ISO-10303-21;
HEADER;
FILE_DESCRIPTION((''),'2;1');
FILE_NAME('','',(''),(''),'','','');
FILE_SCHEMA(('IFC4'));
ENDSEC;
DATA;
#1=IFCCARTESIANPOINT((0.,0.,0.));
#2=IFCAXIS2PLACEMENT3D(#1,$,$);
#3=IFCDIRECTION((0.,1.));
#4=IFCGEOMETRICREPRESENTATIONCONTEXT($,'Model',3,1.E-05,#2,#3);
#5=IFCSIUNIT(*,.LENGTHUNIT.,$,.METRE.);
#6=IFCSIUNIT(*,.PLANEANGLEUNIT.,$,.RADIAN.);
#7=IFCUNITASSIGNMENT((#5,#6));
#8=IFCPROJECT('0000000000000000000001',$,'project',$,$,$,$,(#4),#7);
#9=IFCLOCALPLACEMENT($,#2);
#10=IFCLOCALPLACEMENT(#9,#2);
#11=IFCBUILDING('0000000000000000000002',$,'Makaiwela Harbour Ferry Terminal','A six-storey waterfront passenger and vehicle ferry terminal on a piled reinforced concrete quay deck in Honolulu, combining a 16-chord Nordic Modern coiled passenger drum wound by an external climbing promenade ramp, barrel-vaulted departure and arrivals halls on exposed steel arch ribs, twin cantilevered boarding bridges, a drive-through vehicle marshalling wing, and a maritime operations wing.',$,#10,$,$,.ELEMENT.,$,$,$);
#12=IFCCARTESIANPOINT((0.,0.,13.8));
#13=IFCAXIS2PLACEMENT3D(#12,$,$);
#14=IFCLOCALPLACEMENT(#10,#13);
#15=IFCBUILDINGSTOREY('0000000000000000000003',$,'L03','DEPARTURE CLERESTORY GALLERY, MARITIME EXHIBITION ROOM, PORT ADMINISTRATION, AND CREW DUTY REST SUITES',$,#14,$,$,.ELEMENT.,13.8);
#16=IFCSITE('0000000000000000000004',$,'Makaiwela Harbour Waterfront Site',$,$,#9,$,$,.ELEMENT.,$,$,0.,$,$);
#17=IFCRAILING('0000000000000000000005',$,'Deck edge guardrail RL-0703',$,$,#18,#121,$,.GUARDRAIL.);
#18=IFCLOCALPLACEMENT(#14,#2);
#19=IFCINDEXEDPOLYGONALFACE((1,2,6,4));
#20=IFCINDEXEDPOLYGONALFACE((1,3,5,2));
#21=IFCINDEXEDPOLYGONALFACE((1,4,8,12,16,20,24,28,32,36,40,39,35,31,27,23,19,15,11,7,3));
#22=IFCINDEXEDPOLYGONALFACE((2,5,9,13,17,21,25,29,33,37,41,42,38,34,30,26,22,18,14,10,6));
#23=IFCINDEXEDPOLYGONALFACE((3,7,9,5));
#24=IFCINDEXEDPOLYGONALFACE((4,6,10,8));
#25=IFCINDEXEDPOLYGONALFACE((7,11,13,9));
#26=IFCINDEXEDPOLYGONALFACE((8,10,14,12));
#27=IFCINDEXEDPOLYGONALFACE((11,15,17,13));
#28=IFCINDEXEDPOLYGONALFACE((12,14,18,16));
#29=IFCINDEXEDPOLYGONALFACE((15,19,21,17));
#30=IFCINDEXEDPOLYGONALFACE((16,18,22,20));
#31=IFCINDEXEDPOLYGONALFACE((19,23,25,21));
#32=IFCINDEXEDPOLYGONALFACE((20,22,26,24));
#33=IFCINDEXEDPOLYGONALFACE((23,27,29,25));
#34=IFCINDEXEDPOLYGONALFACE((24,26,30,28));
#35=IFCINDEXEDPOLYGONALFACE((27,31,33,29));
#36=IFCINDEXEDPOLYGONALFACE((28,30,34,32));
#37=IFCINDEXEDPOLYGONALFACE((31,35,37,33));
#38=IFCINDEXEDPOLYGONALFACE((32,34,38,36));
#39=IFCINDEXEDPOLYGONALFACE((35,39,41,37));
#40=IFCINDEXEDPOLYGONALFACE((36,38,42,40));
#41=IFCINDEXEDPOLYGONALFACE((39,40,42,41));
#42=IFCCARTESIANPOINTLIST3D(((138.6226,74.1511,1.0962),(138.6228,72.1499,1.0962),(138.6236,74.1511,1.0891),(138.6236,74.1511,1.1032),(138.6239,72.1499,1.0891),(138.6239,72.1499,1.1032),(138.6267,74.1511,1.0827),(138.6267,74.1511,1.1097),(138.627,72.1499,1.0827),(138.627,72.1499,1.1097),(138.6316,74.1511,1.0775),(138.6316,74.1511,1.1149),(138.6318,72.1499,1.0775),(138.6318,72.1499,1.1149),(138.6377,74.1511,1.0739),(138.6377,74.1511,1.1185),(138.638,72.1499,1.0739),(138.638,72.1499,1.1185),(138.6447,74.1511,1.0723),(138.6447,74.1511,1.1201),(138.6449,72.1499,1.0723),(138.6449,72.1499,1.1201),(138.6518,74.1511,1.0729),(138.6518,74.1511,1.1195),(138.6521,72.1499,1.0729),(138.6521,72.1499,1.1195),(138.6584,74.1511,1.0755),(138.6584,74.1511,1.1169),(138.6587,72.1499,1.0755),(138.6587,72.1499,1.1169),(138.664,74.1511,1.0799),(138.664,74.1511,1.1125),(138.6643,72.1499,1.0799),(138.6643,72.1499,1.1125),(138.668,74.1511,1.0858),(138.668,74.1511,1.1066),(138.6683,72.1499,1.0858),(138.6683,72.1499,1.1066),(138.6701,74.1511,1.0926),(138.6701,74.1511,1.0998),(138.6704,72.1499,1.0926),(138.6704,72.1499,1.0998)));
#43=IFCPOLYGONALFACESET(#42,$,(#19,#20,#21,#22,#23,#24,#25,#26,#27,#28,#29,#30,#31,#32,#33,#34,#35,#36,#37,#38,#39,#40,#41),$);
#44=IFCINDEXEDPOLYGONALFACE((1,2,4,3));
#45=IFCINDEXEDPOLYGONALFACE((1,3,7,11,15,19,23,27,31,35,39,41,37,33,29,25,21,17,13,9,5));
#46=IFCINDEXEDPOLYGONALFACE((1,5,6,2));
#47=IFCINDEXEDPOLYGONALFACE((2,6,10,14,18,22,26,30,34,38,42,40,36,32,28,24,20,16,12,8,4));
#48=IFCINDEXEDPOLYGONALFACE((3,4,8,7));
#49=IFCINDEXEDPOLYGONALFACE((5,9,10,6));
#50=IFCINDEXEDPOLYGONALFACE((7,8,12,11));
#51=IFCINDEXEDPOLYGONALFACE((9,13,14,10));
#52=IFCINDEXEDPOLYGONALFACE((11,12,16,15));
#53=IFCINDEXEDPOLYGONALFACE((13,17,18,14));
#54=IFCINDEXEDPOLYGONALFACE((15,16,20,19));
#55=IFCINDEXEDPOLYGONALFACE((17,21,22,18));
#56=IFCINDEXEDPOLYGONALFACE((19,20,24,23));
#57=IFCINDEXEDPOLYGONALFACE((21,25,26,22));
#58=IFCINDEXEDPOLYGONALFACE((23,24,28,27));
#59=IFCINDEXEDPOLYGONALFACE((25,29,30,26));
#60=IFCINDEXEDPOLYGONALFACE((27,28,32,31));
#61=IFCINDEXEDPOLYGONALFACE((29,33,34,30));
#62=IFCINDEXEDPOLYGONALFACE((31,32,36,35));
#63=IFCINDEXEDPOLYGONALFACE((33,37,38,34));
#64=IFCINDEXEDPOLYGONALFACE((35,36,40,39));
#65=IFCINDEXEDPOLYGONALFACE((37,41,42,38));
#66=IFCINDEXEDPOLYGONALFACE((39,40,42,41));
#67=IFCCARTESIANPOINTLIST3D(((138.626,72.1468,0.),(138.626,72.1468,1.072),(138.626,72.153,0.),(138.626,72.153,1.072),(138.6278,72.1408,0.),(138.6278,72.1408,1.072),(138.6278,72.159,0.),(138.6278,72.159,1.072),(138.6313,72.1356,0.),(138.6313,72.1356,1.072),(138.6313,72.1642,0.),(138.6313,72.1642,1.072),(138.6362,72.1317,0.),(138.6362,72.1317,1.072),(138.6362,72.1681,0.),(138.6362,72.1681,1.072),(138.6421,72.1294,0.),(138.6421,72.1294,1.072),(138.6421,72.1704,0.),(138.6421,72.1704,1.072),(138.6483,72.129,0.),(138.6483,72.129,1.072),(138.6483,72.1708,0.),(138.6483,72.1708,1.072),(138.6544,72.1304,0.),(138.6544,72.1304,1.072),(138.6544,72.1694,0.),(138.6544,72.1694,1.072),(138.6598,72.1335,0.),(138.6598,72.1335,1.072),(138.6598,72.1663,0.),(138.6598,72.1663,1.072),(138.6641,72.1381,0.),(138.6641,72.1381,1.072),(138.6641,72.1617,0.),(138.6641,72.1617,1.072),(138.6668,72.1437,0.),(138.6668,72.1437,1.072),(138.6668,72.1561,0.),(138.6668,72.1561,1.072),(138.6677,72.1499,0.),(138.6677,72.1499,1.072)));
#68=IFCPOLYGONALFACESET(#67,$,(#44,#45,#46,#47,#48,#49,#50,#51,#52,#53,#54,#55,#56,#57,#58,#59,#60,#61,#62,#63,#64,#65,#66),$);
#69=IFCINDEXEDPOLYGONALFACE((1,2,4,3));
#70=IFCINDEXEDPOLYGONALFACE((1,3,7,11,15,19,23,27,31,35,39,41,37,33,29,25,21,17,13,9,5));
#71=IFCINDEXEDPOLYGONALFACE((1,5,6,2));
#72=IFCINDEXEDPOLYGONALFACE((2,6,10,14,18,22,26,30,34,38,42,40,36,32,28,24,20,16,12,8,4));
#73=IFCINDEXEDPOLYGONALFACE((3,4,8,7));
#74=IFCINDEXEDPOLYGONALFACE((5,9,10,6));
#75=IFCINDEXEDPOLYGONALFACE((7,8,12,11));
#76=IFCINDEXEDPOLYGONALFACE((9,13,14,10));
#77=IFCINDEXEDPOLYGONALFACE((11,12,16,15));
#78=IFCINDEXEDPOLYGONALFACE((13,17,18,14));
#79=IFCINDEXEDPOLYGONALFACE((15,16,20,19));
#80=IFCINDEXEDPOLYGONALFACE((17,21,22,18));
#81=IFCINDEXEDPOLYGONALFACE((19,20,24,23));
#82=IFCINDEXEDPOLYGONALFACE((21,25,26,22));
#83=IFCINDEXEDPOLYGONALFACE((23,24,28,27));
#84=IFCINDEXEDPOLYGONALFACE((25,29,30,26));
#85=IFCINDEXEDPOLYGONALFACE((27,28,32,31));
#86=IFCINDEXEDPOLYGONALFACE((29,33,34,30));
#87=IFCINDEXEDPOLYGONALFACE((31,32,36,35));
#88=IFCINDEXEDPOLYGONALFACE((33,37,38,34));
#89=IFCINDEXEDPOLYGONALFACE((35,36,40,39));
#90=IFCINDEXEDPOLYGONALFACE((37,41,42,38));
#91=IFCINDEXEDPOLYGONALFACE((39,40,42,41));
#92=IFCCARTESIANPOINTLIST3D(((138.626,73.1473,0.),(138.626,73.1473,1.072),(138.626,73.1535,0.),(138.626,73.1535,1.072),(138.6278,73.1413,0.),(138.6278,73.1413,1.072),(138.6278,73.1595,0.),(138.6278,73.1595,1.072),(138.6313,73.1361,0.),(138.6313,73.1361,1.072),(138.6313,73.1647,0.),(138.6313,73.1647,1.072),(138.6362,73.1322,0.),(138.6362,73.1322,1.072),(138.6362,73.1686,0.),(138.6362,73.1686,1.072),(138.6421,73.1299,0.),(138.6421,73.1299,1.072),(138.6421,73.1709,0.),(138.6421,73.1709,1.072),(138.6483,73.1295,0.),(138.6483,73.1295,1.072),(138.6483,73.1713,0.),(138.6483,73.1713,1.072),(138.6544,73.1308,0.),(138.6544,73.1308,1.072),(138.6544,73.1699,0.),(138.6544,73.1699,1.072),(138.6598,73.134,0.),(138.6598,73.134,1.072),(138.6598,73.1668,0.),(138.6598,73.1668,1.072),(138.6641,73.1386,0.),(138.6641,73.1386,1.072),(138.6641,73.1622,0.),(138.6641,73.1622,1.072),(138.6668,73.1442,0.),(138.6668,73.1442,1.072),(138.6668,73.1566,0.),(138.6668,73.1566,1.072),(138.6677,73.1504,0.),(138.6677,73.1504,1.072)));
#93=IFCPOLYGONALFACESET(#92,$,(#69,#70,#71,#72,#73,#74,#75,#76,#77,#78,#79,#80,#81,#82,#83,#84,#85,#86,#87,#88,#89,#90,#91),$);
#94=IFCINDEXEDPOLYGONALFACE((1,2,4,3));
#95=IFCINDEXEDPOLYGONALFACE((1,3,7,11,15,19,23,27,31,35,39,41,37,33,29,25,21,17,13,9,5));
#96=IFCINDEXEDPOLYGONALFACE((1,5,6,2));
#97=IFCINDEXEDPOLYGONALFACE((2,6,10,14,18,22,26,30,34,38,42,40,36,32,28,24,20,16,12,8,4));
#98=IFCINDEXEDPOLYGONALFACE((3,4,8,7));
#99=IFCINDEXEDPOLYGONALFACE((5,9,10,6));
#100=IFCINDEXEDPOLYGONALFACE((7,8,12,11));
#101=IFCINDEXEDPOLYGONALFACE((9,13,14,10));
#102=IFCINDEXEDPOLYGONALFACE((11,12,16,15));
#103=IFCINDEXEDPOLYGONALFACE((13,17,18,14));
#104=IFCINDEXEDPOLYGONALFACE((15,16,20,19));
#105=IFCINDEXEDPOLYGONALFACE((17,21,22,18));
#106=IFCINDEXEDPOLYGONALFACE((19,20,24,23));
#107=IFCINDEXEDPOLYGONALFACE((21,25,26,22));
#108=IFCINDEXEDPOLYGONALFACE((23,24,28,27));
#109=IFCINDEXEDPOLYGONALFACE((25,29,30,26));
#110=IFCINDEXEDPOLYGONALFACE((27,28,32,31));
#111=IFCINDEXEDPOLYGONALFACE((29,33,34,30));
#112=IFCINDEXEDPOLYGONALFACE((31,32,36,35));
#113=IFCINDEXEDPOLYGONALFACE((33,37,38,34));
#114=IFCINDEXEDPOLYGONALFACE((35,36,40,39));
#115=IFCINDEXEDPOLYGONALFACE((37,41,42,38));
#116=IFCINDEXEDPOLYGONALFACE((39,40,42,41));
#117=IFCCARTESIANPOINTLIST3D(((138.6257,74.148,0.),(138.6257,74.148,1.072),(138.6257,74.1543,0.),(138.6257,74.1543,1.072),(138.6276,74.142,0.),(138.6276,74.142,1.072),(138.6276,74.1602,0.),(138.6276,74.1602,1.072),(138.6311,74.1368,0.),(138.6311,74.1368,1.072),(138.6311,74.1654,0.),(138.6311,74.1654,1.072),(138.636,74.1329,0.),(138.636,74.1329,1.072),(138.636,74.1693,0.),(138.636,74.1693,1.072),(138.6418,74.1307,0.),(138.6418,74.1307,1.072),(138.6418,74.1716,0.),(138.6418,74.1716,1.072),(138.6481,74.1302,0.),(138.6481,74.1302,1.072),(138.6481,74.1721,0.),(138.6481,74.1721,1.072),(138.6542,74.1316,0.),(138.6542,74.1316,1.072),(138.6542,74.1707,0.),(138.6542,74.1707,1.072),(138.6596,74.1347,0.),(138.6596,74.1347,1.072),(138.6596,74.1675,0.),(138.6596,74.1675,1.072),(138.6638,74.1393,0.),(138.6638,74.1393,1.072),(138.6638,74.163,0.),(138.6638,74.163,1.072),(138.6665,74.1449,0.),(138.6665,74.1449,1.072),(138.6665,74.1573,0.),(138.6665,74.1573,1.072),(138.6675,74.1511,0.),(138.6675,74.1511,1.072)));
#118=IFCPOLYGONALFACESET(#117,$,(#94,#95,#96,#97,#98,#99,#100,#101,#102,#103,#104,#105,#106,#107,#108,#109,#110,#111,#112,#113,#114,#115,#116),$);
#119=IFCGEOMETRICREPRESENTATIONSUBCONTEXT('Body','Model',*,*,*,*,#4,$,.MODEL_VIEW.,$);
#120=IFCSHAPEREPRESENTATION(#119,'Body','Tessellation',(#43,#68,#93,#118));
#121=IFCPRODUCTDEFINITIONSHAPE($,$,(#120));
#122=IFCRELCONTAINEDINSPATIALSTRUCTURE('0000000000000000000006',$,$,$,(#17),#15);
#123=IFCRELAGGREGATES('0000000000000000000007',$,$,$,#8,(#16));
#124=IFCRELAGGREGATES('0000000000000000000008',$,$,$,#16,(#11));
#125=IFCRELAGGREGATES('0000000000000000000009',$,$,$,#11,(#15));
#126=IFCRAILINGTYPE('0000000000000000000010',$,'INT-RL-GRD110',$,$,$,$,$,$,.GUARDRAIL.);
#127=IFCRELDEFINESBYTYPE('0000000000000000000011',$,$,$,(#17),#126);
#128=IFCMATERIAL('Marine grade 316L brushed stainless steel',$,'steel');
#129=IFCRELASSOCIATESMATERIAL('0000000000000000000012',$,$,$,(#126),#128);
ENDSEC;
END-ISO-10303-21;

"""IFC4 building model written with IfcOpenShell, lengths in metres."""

from ifc_helpers import new_model, si_unit, direction, frame, origin, origin_2d, place, context, subcontext, project, spatial, circle, extrude, material, type_object, element, save


model = new_model("IFC4")

# Units and contexts
model_context = context("Model", 3, precision=1e-05, world=origin(), true_north=direction((0.0, 1.0)))
body_context = subcontext(model_context, "Body", "Model", "MODEL_VIEW")
ifc_project = project(units=[si_unit("LENGTHUNIT", "METRE"), si_unit("PLANEANGLEUNIT", "RADIAN")], contexts=[model_context])

# Site, building, storey
site_placement = place(None, origin())
site = spatial("IfcSite", under=ifc_project, at=site_placement, Name="Makaiwela Harbour Waterfront Site", CompositionType="ELEMENT", RefElevation=0.0)
building_placement = place(site_placement, origin())
building = spatial("IfcBuilding", under=site, at=building_placement, Name="Makaiwela Harbour Ferry Terminal", Description="A six-storey waterfront passenger and vehicle ferry terminal on a piled reinforced concrete quay deck in Honolulu, combining a 16-chord Nordic Modern coiled passenger drum wound by an external climbing promenade ramp, barrel-vaulted departure and arrivals halls on exposed steel arch ribs, twin cantilevered boarding bridges, a drive-through vehicle marshalling wing, and a maritime operations wing.", CompositionType="ELEMENT")
storey_placement = place(building_placement, frame((0.0, 0.0, 13.8)))
storey = spatial("IfcBuildingStorey", under=building, at=storey_placement, Name="L03", Description="DEPARTURE CLERESTORY GALLERY, MARITIME EXHIBITION ROOM, PORT ADMINISTRATION, AND CREW DUTY REST SUITES", CompositionType="ELEMENT", Elevation=13.8)

# Railing
ifc_material_1 = material(Name="Marine grade 316L brushed stainless steel", Category="steel")
railing_type = type_object("IfcRailingType", Name="INT-RL-GRD110", PredefinedType="GUARDRAIL", material=ifc_material_1)
railing_1_placement = place(storey_placement, frame((138.6467, 72.1499, 0.0)))
element("IfcRailing", 1, at=railing_1_placement, inside=storey, type_object=railing_type, Name="Deck edge guardrail RL-0703", PredefinedType="GUARDRAIL", context=body_context, shape_type="SweptSolid", body=[
    extrude(circle(Radius=0.0239, at=origin_2d()), frame((0.0, 0.0, 1.0962), z_axis=(-0.000122, 1.0, 0.0), x_axis=(-1.0, -0.000122, 0.0)), (0.0, 0.0, 1.0), 2.0012),
    extrude(circle(Radius=0.021, at=origin_2d()), origin(), (0.0, 0.0, 1.0), 1.072),
    extrude(circle(Radius=0.021, at=origin_2d()), frame((0.0, 1.0005, 0.0)), (0.0, 0.0, 1.0), 1.072),
    extrude(circle(Radius=0.021, at=origin_2d()), frame((-0.0002, 2.0012, 0.0)), (0.0, 0.0, 1.0), 1.072),
])

save(model, "model.ifc")
